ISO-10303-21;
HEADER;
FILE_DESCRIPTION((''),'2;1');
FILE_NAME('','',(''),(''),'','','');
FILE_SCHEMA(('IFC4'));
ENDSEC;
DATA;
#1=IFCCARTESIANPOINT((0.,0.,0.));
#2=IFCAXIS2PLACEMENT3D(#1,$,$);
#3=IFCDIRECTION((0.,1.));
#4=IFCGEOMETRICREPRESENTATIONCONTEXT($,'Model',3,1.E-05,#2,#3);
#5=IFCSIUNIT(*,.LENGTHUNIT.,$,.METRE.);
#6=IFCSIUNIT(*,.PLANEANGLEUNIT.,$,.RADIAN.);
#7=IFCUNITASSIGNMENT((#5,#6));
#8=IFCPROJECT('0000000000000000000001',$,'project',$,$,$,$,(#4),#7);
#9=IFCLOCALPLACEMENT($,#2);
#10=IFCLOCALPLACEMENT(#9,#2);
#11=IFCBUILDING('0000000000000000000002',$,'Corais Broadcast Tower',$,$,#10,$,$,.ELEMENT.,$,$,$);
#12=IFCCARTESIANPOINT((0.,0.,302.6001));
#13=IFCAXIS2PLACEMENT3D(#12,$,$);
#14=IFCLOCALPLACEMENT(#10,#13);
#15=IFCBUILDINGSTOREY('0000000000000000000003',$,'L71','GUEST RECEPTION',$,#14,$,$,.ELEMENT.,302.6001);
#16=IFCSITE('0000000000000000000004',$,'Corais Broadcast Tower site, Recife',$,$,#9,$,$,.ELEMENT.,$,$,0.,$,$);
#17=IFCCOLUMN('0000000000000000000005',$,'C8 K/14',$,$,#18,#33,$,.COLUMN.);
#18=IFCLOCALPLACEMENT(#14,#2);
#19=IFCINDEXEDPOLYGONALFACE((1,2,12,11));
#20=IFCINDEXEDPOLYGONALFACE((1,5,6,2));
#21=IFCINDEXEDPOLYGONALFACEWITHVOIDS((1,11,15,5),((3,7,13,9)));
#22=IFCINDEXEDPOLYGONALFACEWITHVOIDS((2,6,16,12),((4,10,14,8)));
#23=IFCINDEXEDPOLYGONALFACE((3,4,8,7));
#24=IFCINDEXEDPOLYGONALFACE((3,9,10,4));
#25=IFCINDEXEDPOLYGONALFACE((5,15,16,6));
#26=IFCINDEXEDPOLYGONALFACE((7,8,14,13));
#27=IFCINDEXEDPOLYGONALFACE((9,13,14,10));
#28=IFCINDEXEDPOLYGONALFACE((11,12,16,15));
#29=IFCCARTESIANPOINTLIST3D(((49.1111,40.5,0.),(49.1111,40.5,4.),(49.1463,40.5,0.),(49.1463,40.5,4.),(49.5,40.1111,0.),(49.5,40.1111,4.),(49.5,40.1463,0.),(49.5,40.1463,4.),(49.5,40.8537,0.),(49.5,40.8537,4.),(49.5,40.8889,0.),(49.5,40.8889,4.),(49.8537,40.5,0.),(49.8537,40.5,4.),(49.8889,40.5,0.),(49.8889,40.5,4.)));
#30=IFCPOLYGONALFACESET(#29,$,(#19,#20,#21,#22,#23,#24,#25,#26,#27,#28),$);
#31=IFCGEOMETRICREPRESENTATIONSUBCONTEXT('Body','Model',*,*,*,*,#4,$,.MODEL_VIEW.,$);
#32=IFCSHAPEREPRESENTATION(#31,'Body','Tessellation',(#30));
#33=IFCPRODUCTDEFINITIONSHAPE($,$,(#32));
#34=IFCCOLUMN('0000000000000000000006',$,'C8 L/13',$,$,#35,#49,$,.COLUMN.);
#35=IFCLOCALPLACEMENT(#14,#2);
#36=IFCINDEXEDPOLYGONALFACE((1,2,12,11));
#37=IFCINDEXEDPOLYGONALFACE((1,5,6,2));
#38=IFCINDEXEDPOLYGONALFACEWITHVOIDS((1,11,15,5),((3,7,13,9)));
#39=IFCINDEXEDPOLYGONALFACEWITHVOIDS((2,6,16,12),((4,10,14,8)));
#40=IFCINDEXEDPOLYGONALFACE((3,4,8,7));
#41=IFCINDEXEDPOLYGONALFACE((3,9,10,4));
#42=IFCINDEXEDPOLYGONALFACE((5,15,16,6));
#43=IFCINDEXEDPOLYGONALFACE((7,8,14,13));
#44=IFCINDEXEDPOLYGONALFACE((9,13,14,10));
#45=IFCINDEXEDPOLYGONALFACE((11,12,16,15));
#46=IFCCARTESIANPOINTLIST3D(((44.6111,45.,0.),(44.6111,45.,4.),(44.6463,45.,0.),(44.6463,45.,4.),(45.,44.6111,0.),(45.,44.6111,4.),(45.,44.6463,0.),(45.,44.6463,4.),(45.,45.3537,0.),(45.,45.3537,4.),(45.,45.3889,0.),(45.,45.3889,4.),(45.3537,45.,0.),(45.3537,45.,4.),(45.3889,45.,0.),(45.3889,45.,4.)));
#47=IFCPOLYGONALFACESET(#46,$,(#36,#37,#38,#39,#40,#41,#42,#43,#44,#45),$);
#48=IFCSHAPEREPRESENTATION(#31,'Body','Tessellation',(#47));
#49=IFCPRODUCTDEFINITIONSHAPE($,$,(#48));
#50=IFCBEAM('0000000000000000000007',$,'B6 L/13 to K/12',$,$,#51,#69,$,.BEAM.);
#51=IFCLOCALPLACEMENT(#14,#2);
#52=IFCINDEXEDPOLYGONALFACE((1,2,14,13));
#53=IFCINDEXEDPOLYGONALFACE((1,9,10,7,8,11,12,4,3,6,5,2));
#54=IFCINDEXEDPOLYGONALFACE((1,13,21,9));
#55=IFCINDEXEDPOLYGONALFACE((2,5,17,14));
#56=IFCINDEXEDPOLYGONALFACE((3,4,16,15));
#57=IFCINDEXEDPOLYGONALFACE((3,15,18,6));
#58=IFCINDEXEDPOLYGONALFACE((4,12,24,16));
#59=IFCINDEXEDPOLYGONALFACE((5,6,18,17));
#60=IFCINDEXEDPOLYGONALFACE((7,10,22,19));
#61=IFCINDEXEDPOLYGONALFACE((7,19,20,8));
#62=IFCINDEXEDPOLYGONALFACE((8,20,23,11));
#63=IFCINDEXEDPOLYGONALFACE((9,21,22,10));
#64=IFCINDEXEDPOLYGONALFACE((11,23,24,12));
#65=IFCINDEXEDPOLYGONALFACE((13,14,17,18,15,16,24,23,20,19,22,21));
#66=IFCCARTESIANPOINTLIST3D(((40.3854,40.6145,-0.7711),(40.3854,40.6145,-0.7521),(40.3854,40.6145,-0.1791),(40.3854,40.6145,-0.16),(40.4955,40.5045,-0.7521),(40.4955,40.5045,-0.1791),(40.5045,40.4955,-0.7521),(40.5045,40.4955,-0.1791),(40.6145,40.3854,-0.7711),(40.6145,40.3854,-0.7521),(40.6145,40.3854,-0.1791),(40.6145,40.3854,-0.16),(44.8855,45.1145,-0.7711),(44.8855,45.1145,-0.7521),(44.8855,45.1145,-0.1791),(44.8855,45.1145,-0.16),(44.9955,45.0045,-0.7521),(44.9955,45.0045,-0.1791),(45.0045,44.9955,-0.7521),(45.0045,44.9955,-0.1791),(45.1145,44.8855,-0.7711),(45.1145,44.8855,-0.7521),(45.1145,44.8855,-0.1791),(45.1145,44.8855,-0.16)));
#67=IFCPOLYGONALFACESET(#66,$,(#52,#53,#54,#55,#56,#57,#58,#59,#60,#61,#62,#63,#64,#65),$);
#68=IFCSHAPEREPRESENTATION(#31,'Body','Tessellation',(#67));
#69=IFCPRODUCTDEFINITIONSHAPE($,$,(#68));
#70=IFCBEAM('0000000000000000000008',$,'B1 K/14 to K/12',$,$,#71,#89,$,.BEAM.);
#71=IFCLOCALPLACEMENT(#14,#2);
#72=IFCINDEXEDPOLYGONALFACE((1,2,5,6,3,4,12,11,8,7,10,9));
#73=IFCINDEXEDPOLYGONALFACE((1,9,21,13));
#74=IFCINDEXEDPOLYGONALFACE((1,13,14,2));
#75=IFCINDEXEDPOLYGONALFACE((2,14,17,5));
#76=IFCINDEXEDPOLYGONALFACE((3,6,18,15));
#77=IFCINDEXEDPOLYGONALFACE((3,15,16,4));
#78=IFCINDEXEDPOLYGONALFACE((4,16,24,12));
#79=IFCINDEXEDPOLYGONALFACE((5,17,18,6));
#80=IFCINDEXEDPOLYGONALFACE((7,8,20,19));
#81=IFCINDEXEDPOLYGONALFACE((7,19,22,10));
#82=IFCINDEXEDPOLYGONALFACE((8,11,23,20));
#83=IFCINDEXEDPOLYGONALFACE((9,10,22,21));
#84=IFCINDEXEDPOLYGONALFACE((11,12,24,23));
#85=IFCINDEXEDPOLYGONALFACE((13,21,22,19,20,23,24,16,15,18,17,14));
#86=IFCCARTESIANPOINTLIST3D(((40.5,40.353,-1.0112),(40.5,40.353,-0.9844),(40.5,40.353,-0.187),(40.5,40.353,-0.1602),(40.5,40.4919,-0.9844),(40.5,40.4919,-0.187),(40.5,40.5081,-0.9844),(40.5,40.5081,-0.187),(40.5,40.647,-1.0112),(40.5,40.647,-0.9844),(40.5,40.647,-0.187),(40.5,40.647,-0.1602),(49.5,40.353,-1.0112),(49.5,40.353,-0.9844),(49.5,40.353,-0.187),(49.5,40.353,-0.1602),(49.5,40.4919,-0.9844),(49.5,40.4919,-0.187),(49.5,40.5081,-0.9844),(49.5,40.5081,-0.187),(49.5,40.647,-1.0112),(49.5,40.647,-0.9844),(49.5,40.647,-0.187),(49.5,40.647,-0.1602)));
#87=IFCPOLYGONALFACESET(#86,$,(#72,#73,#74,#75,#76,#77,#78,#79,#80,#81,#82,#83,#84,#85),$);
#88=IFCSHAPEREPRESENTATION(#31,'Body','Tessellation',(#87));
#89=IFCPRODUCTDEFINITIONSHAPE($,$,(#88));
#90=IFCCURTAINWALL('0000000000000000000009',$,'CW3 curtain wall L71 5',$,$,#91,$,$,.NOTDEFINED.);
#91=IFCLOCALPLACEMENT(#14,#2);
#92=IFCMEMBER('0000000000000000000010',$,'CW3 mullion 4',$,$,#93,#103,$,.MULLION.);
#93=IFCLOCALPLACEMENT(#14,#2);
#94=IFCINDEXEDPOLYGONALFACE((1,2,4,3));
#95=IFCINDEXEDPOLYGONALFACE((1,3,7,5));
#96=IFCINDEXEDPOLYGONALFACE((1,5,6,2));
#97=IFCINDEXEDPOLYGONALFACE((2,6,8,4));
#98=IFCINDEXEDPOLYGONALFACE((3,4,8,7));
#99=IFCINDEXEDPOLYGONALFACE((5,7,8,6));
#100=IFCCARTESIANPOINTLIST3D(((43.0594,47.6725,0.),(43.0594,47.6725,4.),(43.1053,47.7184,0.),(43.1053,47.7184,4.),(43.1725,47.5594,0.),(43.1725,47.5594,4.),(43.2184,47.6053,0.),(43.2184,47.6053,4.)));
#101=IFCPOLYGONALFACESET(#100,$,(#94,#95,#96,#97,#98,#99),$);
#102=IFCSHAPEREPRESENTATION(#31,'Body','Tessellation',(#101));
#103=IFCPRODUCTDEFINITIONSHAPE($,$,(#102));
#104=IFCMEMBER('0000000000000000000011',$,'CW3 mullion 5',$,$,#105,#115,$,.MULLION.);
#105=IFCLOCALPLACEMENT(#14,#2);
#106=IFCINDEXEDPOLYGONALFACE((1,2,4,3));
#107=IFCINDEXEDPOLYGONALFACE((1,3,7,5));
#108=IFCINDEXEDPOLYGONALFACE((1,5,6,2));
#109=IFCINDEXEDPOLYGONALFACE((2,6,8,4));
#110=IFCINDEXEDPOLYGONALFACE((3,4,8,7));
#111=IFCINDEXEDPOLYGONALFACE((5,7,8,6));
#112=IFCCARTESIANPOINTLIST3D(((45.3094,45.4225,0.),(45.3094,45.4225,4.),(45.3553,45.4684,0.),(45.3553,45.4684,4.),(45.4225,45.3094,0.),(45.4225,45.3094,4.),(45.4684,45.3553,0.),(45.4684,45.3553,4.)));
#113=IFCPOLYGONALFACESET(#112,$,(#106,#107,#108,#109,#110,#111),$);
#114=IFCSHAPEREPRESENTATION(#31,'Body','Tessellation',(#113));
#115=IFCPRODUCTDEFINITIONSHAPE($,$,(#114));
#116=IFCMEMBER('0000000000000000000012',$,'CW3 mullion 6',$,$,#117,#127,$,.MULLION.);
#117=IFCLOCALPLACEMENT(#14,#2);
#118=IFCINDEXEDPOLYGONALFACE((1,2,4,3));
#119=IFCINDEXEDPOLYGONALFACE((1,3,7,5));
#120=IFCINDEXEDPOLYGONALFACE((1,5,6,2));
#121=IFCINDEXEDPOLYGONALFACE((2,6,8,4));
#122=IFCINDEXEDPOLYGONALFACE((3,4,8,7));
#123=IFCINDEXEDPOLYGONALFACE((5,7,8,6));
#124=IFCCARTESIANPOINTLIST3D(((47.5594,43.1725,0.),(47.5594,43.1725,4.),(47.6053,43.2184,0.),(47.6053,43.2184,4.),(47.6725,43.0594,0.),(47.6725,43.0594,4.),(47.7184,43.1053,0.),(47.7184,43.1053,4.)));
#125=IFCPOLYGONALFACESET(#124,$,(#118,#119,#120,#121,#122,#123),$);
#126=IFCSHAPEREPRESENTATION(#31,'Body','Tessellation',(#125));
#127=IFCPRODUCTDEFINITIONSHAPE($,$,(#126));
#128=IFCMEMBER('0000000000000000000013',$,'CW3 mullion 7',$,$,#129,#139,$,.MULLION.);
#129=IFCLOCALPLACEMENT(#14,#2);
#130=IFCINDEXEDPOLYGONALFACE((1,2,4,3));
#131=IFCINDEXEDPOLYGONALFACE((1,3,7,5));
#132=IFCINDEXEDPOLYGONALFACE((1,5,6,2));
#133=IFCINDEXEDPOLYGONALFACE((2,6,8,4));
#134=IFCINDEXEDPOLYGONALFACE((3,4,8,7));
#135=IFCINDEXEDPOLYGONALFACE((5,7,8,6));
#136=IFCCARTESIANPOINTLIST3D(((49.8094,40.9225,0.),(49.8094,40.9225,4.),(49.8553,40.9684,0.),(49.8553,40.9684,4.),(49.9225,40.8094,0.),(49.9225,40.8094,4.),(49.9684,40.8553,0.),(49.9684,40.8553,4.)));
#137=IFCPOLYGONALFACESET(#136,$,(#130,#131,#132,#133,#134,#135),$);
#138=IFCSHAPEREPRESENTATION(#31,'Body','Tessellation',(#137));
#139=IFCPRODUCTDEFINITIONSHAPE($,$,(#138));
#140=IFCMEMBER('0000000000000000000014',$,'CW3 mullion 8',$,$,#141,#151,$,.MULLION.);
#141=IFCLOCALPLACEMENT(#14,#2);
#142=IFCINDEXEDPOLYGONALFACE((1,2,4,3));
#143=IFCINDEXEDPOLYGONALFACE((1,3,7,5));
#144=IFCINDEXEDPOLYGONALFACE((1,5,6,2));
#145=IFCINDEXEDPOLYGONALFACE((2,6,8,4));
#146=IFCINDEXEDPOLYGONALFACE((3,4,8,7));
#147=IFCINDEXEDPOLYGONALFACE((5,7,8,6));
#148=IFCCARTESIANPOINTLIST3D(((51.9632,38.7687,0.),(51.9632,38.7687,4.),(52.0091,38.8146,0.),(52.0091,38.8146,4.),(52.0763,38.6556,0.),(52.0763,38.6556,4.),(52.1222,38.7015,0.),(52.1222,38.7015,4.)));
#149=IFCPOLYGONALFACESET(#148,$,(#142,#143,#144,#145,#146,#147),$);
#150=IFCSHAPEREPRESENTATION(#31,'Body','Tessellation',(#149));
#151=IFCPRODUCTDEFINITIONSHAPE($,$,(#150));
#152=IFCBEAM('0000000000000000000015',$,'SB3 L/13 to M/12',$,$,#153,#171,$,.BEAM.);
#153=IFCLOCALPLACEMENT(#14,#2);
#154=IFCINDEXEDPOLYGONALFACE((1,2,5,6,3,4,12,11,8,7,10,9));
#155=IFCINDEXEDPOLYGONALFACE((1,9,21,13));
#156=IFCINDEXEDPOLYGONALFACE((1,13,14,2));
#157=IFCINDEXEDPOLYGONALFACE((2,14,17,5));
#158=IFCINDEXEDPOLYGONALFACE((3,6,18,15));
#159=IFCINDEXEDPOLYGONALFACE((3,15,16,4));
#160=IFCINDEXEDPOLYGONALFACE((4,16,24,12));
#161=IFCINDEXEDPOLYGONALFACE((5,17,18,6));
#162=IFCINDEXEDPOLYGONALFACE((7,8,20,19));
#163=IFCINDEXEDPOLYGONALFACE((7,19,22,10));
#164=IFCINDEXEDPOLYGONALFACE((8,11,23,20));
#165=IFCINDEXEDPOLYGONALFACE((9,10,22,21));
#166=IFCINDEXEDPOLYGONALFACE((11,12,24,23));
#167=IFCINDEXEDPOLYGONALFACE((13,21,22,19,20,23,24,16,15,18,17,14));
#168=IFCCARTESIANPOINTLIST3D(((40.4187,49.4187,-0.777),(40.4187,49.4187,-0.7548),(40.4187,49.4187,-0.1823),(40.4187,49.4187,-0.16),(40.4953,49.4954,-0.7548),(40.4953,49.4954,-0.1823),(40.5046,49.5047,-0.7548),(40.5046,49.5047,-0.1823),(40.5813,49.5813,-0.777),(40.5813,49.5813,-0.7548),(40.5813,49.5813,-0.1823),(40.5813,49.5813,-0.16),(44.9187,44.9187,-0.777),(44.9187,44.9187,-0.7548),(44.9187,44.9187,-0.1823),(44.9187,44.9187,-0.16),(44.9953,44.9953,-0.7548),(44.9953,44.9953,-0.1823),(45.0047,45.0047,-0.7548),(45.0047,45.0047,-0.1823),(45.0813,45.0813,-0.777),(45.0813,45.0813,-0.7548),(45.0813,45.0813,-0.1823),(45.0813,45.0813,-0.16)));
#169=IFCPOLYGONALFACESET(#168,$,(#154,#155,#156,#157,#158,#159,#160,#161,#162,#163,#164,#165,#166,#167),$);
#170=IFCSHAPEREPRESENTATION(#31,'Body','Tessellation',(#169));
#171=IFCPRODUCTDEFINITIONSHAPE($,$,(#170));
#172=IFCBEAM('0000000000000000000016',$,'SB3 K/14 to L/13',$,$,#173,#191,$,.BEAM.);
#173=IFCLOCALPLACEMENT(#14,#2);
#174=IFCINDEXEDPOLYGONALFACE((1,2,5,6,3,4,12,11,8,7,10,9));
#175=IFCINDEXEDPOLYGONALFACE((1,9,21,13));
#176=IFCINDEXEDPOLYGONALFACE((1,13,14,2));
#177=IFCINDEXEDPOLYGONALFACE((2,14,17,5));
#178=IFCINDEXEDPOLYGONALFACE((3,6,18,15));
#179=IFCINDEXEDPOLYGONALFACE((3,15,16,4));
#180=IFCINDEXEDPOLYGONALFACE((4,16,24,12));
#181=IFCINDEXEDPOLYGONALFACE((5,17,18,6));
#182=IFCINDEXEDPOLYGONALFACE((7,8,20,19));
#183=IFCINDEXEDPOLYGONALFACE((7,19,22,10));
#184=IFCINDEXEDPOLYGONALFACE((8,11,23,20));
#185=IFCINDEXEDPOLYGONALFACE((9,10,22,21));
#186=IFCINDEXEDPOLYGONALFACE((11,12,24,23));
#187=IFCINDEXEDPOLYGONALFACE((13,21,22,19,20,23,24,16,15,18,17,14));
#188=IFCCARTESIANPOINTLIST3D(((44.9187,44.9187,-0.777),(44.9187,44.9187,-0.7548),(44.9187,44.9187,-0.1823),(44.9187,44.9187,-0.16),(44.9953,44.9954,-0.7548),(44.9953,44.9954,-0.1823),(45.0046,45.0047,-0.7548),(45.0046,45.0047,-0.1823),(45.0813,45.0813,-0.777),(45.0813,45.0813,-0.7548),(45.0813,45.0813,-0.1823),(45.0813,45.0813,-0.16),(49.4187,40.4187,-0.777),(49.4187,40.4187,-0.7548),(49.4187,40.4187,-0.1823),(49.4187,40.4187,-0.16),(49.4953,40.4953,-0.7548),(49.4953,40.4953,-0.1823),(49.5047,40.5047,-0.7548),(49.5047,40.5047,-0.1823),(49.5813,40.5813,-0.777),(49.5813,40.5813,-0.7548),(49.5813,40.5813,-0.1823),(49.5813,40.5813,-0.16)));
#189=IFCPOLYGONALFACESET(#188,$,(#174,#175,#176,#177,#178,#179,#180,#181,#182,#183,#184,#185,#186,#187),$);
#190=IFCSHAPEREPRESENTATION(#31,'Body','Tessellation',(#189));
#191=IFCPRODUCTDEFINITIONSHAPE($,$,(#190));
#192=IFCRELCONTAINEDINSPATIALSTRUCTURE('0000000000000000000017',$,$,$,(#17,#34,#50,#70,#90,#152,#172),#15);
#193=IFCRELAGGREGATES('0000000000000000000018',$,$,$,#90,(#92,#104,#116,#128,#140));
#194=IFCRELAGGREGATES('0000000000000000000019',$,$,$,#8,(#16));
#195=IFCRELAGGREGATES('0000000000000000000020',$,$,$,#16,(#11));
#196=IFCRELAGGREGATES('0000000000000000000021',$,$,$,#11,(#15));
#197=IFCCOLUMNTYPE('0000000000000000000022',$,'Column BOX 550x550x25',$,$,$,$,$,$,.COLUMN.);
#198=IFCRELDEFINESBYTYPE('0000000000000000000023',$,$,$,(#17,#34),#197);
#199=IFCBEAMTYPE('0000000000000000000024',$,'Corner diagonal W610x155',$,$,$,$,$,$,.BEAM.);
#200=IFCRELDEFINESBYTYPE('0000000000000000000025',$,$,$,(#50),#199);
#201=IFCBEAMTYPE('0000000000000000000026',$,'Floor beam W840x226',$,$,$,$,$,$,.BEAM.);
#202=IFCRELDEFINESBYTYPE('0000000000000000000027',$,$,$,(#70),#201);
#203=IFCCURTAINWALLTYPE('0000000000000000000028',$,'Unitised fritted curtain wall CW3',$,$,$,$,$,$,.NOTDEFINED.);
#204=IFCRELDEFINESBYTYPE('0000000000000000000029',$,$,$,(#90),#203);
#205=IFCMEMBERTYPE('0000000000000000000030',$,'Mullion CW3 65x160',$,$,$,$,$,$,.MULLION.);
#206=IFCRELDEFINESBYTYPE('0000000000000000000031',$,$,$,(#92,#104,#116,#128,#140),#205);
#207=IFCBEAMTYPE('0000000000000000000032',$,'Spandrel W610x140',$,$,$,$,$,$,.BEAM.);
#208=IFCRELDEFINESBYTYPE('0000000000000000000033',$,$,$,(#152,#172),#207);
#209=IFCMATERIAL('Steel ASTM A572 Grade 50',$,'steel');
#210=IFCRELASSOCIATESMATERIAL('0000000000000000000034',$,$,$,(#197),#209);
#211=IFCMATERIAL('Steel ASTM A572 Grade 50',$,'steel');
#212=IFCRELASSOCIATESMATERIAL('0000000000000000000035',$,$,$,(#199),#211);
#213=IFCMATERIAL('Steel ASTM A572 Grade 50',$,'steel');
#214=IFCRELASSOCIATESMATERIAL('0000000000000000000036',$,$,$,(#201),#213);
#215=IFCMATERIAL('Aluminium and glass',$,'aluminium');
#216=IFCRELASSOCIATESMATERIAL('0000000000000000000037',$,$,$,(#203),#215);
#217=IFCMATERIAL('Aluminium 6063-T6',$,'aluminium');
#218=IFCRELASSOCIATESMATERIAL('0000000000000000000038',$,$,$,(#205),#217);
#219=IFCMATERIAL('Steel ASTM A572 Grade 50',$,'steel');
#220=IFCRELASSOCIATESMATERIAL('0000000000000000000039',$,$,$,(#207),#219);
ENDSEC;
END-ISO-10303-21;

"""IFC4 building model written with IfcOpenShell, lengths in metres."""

from ifc_helpers import new_model, si_unit, direction, frame, origin, origin_2d, place, context, subcontext, project, spatial, rectangle, hollow_rectangle, i_section, extrude, material, material_profile, profile_set, type_object, element, aggregate, save


model = new_model("IFC4")

# Units and contexts
model_context = context("Model", 3, precision=1e-05, world=origin(), true_north=direction((0.0, 1.0)))
body_context = subcontext(model_context, "Body", "Model", "MODEL_VIEW")
ifc_project = project(units=[si_unit("LENGTHUNIT", "METRE"), si_unit("PLANEANGLEUNIT", "RADIAN")], contexts=[model_context])

# Site, building, storey
site_placement = place(None, origin())
site = spatial("IfcSite", under=ifc_project, at=site_placement, Name="Corais Broadcast Tower site, Recife", CompositionType="ELEMENT", RefElevation=0.0)
building_placement = place(site_placement, origin())
building = spatial("IfcBuilding", under=site, at=building_placement, Name="Corais Broadcast Tower", CompositionType="ELEMENT")
storey_placement = place(building_placement, frame((0.0, 0.0, 302.6001)))
storey = spatial("IfcBuildingStorey", under=building, at=storey_placement, Name="L71", Description="GUEST RECEPTION", CompositionType="ELEMENT", Elevation=302.6001)

# Columns
ifc_material_1 = material(Name="Steel ASTM A572 Grade 50", Category="steel")
ifc_material_profile_1 = material_profile(ifc_material_1, hollow_rectangle(XDim=0.55, YDim=0.55, WallThickness=0.0249, at=origin_2d()), Name="BOX 550x550x25")
ifc_profile_set_1 = profile_set([ifc_material_profile_1], Name="Steel ASTM A572 Grade 50")
column_type = type_object("IfcColumnType", Name="Column BOX 550x550x25", PredefinedType="COLUMN", material=ifc_profile_set_1)
for number, where, z_axis, x_axis, name in (
    (1, (49.5, 40.5, 0.0), (0.0, 0.0, 1.0), (0.707107, 0.707107, 0.0), "C8 K/14"),
    (2, (45.0, 45.0, 0.0), (0.0, 0.0, 1.0), (0.707107, 0.707107, 0.0), "C8 L/13"),
):
    element("IfcColumn", number, at=place(storey_placement, frame(where, z_axis=z_axis, x_axis=x_axis)), inside=storey, type_object=column_type, Name=name, PredefinedType="COLUMN", context=body_context, shape_type="SweptSolid", body=[
        extrude(hollow_rectangle(XDim=0.55, YDim=0.55, WallThickness=0.0249, at=origin_2d()), origin(), (0.0, 0.0, 1.0), 4.0),
    ])

# Beams
ifc_material_2 = material(Name="Steel ASTM A572 Grade 50", Category="steel")
ifc_material_profile_2 = material_profile(ifc_material_2, i_section(OverallWidth=0.324, OverallDepth=0.6111, WebThickness=0.0127, FlangeThickness=0.019, at=origin_2d()), Name="W610x155")
ifc_profile_set_2 = profile_set([ifc_material_profile_2], Name="Steel ASTM A572 Grade 50")
beam_type_1 = type_object("IfcBeamType", Name="Corner diagonal W610x155", PredefinedType="BEAM", material=ifc_profile_set_2)
beam_1_placement = place(storey_placement, frame((45.0, 45.0, -0.4656), z_axis=(-0.707107, -0.707107, 0.0), x_axis=(0.707107, -0.707107, 0.0)))
element("IfcBeam", 3, at=beam_1_placement, inside=storey, type_object=beam_type_1, Name="B6 L/13 to K/12", PredefinedType="BEAM", context=body_context, shape_type="SweptSolid", body=[
    extrude(i_section(OverallWidth=0.324, OverallDepth=0.6111, WebThickness=0.0127, FlangeThickness=0.019, at=origin_2d()), origin(), (0.0, 0.0, 1.0), 6.364),
])
ifc_material_3 = material(Name="Steel ASTM A572 Grade 50", Category="steel")
ifc_material_profile_3 = material_profile(ifc_material_3, i_section(OverallWidth=0.2939, OverallDepth=0.8511, WebThickness=0.0161, FlangeThickness=0.0269, at=origin_2d()), Name="W840x226")
ifc_profile_set_3 = profile_set([ifc_material_profile_3], Name="Steel ASTM A572 Grade 50")
beam_type_2 = type_object("IfcBeamType", Name="Floor beam W840x226", PredefinedType="BEAM", material=ifc_profile_set_3)
beam_2_placement = place(storey_placement, frame((49.5, 40.5, -0.5857), z_axis=(-1.0, 0.0, 0.0), x_axis=(0.0, -1.0, 0.0)))
element("IfcBeam", 4, at=beam_2_placement, inside=storey, type_object=beam_type_2, Name="B1 K/14 to K/12", PredefinedType="BEAM", context=body_context, shape_type="SweptSolid", body=[
    extrude(i_section(OverallWidth=0.2939, OverallDepth=0.8511, WebThickness=0.0161, FlangeThickness=0.0269, at=origin_2d()), origin(), (0.0, 0.0, 1.0), 9.0),
])

# Curtain wall, members
ifc_material_4 = material(Name="Aluminium and glass", Category="aluminium")
curtain_wall_type = type_object("IfcCurtainWallType", Name="Unitised fritted curtain wall CW3", PredefinedType="NOTDEFINED", material=ifc_material_4)
curtain_wall_placement = place(storey_placement, origin())
curtain_wall = element("IfcCurtainWall", 5, at=curtain_wall_placement, inside=storey, type_object=curtain_wall_type, Name="CW3 curtain wall L71 5", PredefinedType="NOTDEFINED")
ifc_material_5 = material(Name="Aluminium 6063-T6", Category="aluminium")
ifc_material_profile_4 = material_profile(ifc_material_5, rectangle(XDim=0.0649, YDim=0.1599, at=origin_2d()), Name="Mullion CW3 65x160")
ifc_profile_set_4 = profile_set([ifc_material_profile_4], Name="Aluminium 6063-T6")
member_type_1 = type_object("IfcMemberType", Name="Mullion CW3 65x160", PredefinedType="MULLION", material=ifc_profile_set_4)
member_1_placement = place(storey_placement, frame((43.1389, 47.6389, 0.0), z_axis=(0.0, 0.0, 1.0), x_axis=(0.707107, 0.707107, 0.0)))
member_1 = element("IfcMember", 6, at=member_1_placement, type_object=member_type_1, Name="CW3 mullion 4", PredefinedType="MULLION", context=body_context, shape_type="SweptSolid", body=[
    extrude(rectangle(XDim=0.0649, YDim=0.1599, at=origin_2d()), origin(), (0.0, 0.0, 1.0), 4.0),
])
member_2_placement = place(storey_placement, frame((45.3889, 45.3889, 0.0), z_axis=(0.0, 0.0, 1.0), x_axis=(0.707107, 0.707107, 0.0)))
member_2 = element("IfcMember", 7, at=member_2_placement, type_object=member_type_1, Name="CW3 mullion 5", PredefinedType="MULLION", context=body_context, shape_type="SweptSolid", body=[
    extrude(rectangle(XDim=0.0649, YDim=0.1599, at=origin_2d()), origin(), (0.0, 0.0, 1.0), 4.0),
])
member_3_placement = place(storey_placement, frame((47.6389, 43.1389, 0.0), z_axis=(0.0, 0.0, 1.0), x_axis=(0.707107, 0.707107, 0.0)))
member_3 = element("IfcMember", 8, at=member_3_placement, type_object=member_type_1, Name="CW3 mullion 6", PredefinedType="MULLION", context=body_context, shape_type="SweptSolid", body=[
    extrude(rectangle(XDim=0.0649, YDim=0.1599, at=origin_2d()), origin(), (0.0, 0.0, 1.0), 4.0),
])
member_4_placement = place(storey_placement, frame((49.8889, 40.8889, 0.0), z_axis=(0.0, 0.0, 1.0), x_axis=(0.707107, 0.707107, 0.0)))
member_4 = element("IfcMember", 9, at=member_4_placement, type_object=member_type_1, Name="CW3 mullion 7", PredefinedType="MULLION", context=body_context, shape_type="SweptSolid", body=[
    extrude(rectangle(XDim=0.0649, YDim=0.1599, at=origin_2d()), origin(), (0.0, 0.0, 1.0), 4.0),
])
member_5_placement = place(storey_placement, frame((52.0427, 38.7351, 0.0), z_axis=(0.0, 0.0, 1.0), x_axis=(0.707107, 0.707107, 0.0)))
member_5 = element("IfcMember", 10, at=member_5_placement, type_object=member_type_1, Name="CW3 mullion 8", PredefinedType="MULLION", context=body_context, shape_type="SweptSolid", body=[
    extrude(rectangle(XDim=0.0649, YDim=0.1599, at=origin_2d()), origin(), (0.0, 0.0, 1.0), 4.0),
])

# Beams
ifc_material_6 = material(Name="Steel ASTM A572 Grade 50", Category="steel")
ifc_material_profile_5 = material_profile(ifc_material_6, i_section(OverallWidth=0.23, OverallDepth=0.6169, WebThickness=0.0132, FlangeThickness=0.0222, at=origin_2d()), Name="W610x140")
ifc_profile_set_5 = profile_set([ifc_material_profile_5], Name="Steel ASTM A572 Grade 50")
beam_type_3 = type_object("IfcBeamType", Name="Spandrel W610x140", PredefinedType="BEAM", material=ifc_profile_set_5)
for number, where, z_axis, x_axis, name in (
    (11, (45.0, 45.0, -0.4685), (-0.707107, 0.707107, 0.0), (-0.707107, -0.707107, 0.0), "SB3 L/13 to M/12"),
    (12, (49.5, 40.5, -0.4685), (-0.707107, 0.707107, 0.0), (-0.707107, -0.707107, 0.0), "SB3 K/14 to L/13"),
):
    element("IfcBeam", number, at=place(storey_placement, frame(where, z_axis=z_axis, x_axis=x_axis)), inside=storey, type_object=beam_type_3, Name=name, PredefinedType="BEAM", context=body_context, shape_type="SweptSolid", body=[
        extrude(i_section(OverallWidth=0.23, OverallDepth=0.6169, WebThickness=0.0132, FlangeThickness=0.0222, at=origin_2d()), origin(), (0.0, 0.0, 1.0), 6.364),
    ])

aggregate(curtain_wall, [member_1, member_2, member_3, member_4, member_5])

save(model, "model.ifc")
